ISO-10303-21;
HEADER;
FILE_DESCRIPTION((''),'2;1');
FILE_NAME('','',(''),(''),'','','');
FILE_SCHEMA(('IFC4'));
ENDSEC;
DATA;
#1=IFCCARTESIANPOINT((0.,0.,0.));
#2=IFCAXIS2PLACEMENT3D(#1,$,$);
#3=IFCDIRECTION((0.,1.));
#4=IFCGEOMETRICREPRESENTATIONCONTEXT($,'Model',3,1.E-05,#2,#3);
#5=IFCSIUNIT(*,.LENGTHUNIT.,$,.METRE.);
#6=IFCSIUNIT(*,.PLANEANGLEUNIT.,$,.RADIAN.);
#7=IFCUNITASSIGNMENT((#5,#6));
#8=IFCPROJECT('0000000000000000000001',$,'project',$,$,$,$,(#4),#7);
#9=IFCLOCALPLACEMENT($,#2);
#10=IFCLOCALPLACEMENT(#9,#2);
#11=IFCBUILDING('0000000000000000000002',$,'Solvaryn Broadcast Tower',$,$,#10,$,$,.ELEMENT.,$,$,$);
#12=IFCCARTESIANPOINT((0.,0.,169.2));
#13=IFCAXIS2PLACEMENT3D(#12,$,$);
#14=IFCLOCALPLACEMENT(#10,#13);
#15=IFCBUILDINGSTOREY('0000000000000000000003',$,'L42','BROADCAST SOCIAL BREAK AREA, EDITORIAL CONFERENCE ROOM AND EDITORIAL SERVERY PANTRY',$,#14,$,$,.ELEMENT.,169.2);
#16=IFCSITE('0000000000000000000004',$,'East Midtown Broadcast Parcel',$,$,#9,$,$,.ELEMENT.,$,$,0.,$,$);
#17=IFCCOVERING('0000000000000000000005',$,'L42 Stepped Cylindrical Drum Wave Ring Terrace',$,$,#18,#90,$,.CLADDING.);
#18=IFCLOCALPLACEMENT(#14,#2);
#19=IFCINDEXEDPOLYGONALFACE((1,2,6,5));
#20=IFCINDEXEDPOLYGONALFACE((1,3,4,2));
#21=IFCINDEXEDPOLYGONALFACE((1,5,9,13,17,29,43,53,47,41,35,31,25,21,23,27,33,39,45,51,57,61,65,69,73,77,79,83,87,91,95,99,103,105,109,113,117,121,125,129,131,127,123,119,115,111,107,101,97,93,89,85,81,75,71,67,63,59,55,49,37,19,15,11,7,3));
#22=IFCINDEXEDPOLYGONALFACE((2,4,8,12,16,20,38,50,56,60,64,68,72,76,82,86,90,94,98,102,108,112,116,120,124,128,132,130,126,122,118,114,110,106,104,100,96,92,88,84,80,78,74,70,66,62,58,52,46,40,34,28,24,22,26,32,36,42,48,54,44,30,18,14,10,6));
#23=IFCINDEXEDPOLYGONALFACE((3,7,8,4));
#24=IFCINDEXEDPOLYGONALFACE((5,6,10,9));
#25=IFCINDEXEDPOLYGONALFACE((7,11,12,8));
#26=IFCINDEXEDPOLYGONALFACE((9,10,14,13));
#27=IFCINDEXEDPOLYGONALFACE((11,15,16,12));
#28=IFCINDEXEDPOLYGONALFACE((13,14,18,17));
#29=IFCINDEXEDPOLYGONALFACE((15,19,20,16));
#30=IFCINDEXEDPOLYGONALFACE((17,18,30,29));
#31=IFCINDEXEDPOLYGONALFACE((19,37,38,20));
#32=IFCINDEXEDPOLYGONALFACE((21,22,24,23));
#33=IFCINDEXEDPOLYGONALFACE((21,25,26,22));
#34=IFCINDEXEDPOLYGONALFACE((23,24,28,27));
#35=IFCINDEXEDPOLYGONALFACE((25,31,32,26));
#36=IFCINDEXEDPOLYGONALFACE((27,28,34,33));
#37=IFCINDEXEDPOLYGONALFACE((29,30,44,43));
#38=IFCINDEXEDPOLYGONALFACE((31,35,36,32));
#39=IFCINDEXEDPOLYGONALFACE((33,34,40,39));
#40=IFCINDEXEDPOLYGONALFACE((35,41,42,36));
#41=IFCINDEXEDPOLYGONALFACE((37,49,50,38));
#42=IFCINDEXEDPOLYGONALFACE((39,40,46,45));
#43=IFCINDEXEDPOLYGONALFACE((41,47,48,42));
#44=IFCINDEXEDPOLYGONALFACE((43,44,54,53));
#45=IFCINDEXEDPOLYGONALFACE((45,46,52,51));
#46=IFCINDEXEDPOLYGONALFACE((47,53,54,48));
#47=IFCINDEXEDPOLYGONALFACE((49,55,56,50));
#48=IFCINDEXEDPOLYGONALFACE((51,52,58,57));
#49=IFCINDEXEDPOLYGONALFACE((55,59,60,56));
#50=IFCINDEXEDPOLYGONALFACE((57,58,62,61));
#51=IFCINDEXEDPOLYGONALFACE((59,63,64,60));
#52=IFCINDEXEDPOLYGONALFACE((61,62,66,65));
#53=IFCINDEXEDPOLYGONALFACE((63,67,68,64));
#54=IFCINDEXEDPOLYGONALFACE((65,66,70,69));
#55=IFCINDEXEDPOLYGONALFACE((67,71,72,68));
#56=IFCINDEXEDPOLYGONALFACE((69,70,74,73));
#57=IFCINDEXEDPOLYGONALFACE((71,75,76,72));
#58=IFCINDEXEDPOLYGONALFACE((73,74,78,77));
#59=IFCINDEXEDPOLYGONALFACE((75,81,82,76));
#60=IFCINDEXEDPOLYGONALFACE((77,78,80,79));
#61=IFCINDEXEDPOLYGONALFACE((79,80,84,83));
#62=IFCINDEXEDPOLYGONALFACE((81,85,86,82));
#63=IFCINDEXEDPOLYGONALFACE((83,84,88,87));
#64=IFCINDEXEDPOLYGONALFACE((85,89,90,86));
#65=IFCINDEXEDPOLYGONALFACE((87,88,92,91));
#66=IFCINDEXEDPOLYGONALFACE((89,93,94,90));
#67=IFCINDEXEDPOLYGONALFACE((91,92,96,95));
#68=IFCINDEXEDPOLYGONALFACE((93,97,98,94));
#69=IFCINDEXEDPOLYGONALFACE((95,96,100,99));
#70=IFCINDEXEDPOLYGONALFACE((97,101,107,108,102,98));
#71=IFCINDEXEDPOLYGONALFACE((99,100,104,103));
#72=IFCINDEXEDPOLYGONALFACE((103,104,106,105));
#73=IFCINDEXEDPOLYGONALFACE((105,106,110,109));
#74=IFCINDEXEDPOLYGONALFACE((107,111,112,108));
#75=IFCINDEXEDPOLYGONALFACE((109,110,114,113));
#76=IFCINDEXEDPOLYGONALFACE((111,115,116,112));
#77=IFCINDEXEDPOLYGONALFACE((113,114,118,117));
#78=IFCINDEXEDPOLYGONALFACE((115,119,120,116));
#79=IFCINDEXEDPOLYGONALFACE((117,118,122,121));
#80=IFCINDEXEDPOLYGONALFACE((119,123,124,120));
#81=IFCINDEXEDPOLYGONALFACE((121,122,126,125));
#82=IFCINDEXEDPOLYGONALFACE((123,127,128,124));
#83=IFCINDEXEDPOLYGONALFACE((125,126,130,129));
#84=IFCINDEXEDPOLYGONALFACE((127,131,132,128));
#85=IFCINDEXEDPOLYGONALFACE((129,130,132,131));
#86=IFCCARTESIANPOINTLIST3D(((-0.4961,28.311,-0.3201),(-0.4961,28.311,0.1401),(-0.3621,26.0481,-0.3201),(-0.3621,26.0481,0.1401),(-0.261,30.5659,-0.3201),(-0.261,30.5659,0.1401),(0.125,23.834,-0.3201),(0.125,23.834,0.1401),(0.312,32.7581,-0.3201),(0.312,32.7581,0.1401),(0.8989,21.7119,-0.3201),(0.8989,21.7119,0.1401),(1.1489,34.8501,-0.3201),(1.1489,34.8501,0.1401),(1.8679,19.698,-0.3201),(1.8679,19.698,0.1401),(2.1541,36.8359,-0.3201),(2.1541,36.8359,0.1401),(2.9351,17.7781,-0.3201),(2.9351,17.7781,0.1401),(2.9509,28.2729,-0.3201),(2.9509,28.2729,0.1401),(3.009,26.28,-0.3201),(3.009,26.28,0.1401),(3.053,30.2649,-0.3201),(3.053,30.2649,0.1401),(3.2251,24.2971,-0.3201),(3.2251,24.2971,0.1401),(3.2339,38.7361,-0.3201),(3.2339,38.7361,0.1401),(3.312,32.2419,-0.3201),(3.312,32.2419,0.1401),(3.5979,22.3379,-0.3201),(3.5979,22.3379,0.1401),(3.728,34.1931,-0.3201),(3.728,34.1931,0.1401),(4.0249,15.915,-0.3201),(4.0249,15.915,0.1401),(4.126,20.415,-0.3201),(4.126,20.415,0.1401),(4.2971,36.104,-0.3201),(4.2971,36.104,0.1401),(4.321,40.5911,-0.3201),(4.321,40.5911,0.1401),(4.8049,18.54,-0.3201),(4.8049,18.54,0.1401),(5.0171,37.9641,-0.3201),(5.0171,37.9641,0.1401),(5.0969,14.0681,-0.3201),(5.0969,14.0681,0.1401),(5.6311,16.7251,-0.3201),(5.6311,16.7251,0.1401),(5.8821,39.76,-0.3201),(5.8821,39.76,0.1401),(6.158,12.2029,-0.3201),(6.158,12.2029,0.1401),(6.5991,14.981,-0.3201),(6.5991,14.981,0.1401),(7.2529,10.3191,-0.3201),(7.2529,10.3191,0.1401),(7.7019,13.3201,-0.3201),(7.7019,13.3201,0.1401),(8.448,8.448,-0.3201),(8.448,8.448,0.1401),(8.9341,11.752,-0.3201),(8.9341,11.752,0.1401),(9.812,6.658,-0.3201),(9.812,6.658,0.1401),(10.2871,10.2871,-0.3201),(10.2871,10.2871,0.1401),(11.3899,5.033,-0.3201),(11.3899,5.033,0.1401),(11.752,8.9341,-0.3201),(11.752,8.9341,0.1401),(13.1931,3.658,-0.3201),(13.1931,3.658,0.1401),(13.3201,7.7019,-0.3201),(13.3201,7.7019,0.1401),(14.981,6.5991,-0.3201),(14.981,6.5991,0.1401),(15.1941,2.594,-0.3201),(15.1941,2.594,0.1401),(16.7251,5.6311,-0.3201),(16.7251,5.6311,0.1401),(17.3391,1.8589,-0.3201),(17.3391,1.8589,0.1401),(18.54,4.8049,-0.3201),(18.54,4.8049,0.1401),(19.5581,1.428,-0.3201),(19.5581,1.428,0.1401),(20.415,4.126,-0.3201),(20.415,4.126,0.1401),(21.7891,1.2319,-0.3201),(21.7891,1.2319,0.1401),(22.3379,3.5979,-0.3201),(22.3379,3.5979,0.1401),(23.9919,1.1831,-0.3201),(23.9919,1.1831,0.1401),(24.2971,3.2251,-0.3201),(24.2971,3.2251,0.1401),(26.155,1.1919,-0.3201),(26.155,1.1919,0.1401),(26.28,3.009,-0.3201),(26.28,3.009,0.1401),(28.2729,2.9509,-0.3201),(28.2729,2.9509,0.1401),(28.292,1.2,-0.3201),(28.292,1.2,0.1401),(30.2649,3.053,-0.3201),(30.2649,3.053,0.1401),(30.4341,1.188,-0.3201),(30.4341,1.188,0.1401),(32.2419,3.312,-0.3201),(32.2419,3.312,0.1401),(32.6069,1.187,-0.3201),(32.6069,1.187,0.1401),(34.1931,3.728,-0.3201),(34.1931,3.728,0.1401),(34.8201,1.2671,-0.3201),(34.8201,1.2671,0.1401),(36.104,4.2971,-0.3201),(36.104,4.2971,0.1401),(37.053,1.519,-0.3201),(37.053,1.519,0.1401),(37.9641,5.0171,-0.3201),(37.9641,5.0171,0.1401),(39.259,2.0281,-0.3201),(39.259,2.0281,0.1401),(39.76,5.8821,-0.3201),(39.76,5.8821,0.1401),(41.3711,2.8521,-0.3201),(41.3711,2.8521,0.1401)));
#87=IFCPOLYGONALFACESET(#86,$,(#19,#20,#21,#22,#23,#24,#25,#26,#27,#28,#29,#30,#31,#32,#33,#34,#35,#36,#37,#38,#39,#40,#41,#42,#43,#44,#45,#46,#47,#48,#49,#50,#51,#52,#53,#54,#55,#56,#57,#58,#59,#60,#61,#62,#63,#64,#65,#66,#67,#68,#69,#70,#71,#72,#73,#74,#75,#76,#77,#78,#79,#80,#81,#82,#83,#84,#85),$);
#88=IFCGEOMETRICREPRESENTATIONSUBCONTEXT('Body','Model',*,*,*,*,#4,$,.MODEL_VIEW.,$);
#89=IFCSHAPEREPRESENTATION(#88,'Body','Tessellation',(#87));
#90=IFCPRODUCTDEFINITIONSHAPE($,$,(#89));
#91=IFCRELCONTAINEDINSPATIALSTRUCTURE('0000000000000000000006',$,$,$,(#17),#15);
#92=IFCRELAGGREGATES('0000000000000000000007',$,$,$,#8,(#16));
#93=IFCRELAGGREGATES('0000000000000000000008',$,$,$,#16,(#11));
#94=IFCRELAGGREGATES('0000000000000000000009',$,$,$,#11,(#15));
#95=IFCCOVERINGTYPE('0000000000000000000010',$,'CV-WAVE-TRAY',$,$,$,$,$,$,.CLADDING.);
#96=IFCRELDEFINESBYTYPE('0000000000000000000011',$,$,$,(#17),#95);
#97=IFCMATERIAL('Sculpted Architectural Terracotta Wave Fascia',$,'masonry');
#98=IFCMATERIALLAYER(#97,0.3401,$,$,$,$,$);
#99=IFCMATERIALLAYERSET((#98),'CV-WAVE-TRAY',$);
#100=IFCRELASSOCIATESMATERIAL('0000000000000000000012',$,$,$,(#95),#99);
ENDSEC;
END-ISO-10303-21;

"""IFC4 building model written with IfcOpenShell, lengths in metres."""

from ifc_helpers import new_model, si_unit, direction, frame, origin, place, context, subcontext, project, spatial, polyline, outline, extrude, material, layer, layer_set, type_object, element, save


model = new_model("IFC4")

# Units and contexts
model_context = context("Model", 3, precision=1e-05, world=origin(), true_north=direction((0.0, 1.0)))
body_context = subcontext(model_context, "Body", "Model", "MODEL_VIEW")
ifc_project = project(units=[si_unit("LENGTHUNIT", "METRE"), si_unit("PLANEANGLEUNIT", "RADIAN")], contexts=[model_context])

# Site, building, storey
site_placement = place(None, origin())
site = spatial("IfcSite", under=ifc_project, at=site_placement, Name="East Midtown Broadcast Parcel", CompositionType="ELEMENT", RefElevation=0.0)
building_placement = place(site_placement, origin())
building = spatial("IfcBuilding", under=site, at=building_placement, Name="Solvaryn Broadcast Tower", CompositionType="ELEMENT")
storey_placement = place(building_placement, frame((0.0, 0.0, 169.2)))
storey = spatial("IfcBuildingStorey", under=building, at=storey_placement, Name="L42", Description="BROADCAST SOCIAL BREAK AREA, EDITORIAL CONFERENCE ROOM AND EDITORIAL SERVERY PANTRY", CompositionType="ELEMENT", Elevation=169.2)

# Covering
ifc_material_1 = material(Name="Sculpted Architectural Terracotta Wave Fascia", Category="masonry")
ifc_layer_1 = layer(ifc_material_1, 0.3401)
ifc_layer_set_1 = layer_set([ifc_layer_1], Name="CV-WAVE-TRAY")
covering_type_1 = type_object("IfcCoveringType", Name="CV-WAVE-TRAY", PredefinedType="CLADDING", material=ifc_layer_set_1)
covering_1_placement = place(storey_placement, frame((0.0, 0.0, -0.3201)))
element("IfcCovering", 1, at=covering_1_placement, inside=storey, type_object=covering_type_1, Name="L42 Stepped Cylindrical Drum Wave Ring Terrace", PredefinedType="CLADDING", context=body_context, shape_type="SweptSolid", body=[
    extrude(outline(polyline([(4.321, 40.5911), (3.2339, 38.7361), (2.1541, 36.8359), (1.1489, 34.8501), (0.312, 32.7581), (-0.261, 30.5659), (-0.4961, 28.311), (-0.3621, 26.0481), (0.125, 23.834), (0.8989, 21.7119), (1.8679, 19.698), (2.9351, 17.7781), (4.0249, 15.915), (5.0969, 14.0681), (6.158, 12.2029), (7.2529, 10.3191), (8.448, 8.448), (9.812, 6.658), (11.3899, 5.033), (13.1931, 3.658), (15.1941, 2.594), (17.3391, 1.8589), (19.5581, 1.428), (21.7891, 1.2319), (23.9919, 1.1831), (26.155, 1.1919), (28.292, 1.2), (30.4341, 1.188), (32.6069, 1.187), (34.8201, 1.2671), (37.053, 1.519), (39.259, 2.0281), (41.3711, 2.8521), (39.76, 5.8821), (37.9641, 5.0171), (36.104, 4.2971), (34.1931, 3.728), (32.2419, 3.312), (30.2649, 3.053), (28.2729, 2.9509), (26.28, 3.009), (24.2971, 3.2251), (22.3379, 3.5979), (20.415, 4.126), (18.54, 4.8049), (16.7251, 5.6311), (14.981, 6.5991), (13.3201, 7.7019), (11.752, 8.9341), (10.2871, 10.2871), (8.9341, 11.752), (7.7019, 13.3201), (6.5991, 14.981), (5.6311, 16.7251), (4.8049, 18.54), (4.126, 20.415), (3.5979, 22.3379), (3.2251, 24.2971), (3.009, 26.28), (2.9509, 28.2729), (3.053, 30.2649), (3.312, 32.2419), (3.728, 34.1931), (4.2971, 36.104), (5.0171, 37.9641), (5.8821, 39.76), (4.321, 40.5911)])), origin(), (0.0, 0.0, 1.0), 0.4602),
])

save(model, "model.ifc")
